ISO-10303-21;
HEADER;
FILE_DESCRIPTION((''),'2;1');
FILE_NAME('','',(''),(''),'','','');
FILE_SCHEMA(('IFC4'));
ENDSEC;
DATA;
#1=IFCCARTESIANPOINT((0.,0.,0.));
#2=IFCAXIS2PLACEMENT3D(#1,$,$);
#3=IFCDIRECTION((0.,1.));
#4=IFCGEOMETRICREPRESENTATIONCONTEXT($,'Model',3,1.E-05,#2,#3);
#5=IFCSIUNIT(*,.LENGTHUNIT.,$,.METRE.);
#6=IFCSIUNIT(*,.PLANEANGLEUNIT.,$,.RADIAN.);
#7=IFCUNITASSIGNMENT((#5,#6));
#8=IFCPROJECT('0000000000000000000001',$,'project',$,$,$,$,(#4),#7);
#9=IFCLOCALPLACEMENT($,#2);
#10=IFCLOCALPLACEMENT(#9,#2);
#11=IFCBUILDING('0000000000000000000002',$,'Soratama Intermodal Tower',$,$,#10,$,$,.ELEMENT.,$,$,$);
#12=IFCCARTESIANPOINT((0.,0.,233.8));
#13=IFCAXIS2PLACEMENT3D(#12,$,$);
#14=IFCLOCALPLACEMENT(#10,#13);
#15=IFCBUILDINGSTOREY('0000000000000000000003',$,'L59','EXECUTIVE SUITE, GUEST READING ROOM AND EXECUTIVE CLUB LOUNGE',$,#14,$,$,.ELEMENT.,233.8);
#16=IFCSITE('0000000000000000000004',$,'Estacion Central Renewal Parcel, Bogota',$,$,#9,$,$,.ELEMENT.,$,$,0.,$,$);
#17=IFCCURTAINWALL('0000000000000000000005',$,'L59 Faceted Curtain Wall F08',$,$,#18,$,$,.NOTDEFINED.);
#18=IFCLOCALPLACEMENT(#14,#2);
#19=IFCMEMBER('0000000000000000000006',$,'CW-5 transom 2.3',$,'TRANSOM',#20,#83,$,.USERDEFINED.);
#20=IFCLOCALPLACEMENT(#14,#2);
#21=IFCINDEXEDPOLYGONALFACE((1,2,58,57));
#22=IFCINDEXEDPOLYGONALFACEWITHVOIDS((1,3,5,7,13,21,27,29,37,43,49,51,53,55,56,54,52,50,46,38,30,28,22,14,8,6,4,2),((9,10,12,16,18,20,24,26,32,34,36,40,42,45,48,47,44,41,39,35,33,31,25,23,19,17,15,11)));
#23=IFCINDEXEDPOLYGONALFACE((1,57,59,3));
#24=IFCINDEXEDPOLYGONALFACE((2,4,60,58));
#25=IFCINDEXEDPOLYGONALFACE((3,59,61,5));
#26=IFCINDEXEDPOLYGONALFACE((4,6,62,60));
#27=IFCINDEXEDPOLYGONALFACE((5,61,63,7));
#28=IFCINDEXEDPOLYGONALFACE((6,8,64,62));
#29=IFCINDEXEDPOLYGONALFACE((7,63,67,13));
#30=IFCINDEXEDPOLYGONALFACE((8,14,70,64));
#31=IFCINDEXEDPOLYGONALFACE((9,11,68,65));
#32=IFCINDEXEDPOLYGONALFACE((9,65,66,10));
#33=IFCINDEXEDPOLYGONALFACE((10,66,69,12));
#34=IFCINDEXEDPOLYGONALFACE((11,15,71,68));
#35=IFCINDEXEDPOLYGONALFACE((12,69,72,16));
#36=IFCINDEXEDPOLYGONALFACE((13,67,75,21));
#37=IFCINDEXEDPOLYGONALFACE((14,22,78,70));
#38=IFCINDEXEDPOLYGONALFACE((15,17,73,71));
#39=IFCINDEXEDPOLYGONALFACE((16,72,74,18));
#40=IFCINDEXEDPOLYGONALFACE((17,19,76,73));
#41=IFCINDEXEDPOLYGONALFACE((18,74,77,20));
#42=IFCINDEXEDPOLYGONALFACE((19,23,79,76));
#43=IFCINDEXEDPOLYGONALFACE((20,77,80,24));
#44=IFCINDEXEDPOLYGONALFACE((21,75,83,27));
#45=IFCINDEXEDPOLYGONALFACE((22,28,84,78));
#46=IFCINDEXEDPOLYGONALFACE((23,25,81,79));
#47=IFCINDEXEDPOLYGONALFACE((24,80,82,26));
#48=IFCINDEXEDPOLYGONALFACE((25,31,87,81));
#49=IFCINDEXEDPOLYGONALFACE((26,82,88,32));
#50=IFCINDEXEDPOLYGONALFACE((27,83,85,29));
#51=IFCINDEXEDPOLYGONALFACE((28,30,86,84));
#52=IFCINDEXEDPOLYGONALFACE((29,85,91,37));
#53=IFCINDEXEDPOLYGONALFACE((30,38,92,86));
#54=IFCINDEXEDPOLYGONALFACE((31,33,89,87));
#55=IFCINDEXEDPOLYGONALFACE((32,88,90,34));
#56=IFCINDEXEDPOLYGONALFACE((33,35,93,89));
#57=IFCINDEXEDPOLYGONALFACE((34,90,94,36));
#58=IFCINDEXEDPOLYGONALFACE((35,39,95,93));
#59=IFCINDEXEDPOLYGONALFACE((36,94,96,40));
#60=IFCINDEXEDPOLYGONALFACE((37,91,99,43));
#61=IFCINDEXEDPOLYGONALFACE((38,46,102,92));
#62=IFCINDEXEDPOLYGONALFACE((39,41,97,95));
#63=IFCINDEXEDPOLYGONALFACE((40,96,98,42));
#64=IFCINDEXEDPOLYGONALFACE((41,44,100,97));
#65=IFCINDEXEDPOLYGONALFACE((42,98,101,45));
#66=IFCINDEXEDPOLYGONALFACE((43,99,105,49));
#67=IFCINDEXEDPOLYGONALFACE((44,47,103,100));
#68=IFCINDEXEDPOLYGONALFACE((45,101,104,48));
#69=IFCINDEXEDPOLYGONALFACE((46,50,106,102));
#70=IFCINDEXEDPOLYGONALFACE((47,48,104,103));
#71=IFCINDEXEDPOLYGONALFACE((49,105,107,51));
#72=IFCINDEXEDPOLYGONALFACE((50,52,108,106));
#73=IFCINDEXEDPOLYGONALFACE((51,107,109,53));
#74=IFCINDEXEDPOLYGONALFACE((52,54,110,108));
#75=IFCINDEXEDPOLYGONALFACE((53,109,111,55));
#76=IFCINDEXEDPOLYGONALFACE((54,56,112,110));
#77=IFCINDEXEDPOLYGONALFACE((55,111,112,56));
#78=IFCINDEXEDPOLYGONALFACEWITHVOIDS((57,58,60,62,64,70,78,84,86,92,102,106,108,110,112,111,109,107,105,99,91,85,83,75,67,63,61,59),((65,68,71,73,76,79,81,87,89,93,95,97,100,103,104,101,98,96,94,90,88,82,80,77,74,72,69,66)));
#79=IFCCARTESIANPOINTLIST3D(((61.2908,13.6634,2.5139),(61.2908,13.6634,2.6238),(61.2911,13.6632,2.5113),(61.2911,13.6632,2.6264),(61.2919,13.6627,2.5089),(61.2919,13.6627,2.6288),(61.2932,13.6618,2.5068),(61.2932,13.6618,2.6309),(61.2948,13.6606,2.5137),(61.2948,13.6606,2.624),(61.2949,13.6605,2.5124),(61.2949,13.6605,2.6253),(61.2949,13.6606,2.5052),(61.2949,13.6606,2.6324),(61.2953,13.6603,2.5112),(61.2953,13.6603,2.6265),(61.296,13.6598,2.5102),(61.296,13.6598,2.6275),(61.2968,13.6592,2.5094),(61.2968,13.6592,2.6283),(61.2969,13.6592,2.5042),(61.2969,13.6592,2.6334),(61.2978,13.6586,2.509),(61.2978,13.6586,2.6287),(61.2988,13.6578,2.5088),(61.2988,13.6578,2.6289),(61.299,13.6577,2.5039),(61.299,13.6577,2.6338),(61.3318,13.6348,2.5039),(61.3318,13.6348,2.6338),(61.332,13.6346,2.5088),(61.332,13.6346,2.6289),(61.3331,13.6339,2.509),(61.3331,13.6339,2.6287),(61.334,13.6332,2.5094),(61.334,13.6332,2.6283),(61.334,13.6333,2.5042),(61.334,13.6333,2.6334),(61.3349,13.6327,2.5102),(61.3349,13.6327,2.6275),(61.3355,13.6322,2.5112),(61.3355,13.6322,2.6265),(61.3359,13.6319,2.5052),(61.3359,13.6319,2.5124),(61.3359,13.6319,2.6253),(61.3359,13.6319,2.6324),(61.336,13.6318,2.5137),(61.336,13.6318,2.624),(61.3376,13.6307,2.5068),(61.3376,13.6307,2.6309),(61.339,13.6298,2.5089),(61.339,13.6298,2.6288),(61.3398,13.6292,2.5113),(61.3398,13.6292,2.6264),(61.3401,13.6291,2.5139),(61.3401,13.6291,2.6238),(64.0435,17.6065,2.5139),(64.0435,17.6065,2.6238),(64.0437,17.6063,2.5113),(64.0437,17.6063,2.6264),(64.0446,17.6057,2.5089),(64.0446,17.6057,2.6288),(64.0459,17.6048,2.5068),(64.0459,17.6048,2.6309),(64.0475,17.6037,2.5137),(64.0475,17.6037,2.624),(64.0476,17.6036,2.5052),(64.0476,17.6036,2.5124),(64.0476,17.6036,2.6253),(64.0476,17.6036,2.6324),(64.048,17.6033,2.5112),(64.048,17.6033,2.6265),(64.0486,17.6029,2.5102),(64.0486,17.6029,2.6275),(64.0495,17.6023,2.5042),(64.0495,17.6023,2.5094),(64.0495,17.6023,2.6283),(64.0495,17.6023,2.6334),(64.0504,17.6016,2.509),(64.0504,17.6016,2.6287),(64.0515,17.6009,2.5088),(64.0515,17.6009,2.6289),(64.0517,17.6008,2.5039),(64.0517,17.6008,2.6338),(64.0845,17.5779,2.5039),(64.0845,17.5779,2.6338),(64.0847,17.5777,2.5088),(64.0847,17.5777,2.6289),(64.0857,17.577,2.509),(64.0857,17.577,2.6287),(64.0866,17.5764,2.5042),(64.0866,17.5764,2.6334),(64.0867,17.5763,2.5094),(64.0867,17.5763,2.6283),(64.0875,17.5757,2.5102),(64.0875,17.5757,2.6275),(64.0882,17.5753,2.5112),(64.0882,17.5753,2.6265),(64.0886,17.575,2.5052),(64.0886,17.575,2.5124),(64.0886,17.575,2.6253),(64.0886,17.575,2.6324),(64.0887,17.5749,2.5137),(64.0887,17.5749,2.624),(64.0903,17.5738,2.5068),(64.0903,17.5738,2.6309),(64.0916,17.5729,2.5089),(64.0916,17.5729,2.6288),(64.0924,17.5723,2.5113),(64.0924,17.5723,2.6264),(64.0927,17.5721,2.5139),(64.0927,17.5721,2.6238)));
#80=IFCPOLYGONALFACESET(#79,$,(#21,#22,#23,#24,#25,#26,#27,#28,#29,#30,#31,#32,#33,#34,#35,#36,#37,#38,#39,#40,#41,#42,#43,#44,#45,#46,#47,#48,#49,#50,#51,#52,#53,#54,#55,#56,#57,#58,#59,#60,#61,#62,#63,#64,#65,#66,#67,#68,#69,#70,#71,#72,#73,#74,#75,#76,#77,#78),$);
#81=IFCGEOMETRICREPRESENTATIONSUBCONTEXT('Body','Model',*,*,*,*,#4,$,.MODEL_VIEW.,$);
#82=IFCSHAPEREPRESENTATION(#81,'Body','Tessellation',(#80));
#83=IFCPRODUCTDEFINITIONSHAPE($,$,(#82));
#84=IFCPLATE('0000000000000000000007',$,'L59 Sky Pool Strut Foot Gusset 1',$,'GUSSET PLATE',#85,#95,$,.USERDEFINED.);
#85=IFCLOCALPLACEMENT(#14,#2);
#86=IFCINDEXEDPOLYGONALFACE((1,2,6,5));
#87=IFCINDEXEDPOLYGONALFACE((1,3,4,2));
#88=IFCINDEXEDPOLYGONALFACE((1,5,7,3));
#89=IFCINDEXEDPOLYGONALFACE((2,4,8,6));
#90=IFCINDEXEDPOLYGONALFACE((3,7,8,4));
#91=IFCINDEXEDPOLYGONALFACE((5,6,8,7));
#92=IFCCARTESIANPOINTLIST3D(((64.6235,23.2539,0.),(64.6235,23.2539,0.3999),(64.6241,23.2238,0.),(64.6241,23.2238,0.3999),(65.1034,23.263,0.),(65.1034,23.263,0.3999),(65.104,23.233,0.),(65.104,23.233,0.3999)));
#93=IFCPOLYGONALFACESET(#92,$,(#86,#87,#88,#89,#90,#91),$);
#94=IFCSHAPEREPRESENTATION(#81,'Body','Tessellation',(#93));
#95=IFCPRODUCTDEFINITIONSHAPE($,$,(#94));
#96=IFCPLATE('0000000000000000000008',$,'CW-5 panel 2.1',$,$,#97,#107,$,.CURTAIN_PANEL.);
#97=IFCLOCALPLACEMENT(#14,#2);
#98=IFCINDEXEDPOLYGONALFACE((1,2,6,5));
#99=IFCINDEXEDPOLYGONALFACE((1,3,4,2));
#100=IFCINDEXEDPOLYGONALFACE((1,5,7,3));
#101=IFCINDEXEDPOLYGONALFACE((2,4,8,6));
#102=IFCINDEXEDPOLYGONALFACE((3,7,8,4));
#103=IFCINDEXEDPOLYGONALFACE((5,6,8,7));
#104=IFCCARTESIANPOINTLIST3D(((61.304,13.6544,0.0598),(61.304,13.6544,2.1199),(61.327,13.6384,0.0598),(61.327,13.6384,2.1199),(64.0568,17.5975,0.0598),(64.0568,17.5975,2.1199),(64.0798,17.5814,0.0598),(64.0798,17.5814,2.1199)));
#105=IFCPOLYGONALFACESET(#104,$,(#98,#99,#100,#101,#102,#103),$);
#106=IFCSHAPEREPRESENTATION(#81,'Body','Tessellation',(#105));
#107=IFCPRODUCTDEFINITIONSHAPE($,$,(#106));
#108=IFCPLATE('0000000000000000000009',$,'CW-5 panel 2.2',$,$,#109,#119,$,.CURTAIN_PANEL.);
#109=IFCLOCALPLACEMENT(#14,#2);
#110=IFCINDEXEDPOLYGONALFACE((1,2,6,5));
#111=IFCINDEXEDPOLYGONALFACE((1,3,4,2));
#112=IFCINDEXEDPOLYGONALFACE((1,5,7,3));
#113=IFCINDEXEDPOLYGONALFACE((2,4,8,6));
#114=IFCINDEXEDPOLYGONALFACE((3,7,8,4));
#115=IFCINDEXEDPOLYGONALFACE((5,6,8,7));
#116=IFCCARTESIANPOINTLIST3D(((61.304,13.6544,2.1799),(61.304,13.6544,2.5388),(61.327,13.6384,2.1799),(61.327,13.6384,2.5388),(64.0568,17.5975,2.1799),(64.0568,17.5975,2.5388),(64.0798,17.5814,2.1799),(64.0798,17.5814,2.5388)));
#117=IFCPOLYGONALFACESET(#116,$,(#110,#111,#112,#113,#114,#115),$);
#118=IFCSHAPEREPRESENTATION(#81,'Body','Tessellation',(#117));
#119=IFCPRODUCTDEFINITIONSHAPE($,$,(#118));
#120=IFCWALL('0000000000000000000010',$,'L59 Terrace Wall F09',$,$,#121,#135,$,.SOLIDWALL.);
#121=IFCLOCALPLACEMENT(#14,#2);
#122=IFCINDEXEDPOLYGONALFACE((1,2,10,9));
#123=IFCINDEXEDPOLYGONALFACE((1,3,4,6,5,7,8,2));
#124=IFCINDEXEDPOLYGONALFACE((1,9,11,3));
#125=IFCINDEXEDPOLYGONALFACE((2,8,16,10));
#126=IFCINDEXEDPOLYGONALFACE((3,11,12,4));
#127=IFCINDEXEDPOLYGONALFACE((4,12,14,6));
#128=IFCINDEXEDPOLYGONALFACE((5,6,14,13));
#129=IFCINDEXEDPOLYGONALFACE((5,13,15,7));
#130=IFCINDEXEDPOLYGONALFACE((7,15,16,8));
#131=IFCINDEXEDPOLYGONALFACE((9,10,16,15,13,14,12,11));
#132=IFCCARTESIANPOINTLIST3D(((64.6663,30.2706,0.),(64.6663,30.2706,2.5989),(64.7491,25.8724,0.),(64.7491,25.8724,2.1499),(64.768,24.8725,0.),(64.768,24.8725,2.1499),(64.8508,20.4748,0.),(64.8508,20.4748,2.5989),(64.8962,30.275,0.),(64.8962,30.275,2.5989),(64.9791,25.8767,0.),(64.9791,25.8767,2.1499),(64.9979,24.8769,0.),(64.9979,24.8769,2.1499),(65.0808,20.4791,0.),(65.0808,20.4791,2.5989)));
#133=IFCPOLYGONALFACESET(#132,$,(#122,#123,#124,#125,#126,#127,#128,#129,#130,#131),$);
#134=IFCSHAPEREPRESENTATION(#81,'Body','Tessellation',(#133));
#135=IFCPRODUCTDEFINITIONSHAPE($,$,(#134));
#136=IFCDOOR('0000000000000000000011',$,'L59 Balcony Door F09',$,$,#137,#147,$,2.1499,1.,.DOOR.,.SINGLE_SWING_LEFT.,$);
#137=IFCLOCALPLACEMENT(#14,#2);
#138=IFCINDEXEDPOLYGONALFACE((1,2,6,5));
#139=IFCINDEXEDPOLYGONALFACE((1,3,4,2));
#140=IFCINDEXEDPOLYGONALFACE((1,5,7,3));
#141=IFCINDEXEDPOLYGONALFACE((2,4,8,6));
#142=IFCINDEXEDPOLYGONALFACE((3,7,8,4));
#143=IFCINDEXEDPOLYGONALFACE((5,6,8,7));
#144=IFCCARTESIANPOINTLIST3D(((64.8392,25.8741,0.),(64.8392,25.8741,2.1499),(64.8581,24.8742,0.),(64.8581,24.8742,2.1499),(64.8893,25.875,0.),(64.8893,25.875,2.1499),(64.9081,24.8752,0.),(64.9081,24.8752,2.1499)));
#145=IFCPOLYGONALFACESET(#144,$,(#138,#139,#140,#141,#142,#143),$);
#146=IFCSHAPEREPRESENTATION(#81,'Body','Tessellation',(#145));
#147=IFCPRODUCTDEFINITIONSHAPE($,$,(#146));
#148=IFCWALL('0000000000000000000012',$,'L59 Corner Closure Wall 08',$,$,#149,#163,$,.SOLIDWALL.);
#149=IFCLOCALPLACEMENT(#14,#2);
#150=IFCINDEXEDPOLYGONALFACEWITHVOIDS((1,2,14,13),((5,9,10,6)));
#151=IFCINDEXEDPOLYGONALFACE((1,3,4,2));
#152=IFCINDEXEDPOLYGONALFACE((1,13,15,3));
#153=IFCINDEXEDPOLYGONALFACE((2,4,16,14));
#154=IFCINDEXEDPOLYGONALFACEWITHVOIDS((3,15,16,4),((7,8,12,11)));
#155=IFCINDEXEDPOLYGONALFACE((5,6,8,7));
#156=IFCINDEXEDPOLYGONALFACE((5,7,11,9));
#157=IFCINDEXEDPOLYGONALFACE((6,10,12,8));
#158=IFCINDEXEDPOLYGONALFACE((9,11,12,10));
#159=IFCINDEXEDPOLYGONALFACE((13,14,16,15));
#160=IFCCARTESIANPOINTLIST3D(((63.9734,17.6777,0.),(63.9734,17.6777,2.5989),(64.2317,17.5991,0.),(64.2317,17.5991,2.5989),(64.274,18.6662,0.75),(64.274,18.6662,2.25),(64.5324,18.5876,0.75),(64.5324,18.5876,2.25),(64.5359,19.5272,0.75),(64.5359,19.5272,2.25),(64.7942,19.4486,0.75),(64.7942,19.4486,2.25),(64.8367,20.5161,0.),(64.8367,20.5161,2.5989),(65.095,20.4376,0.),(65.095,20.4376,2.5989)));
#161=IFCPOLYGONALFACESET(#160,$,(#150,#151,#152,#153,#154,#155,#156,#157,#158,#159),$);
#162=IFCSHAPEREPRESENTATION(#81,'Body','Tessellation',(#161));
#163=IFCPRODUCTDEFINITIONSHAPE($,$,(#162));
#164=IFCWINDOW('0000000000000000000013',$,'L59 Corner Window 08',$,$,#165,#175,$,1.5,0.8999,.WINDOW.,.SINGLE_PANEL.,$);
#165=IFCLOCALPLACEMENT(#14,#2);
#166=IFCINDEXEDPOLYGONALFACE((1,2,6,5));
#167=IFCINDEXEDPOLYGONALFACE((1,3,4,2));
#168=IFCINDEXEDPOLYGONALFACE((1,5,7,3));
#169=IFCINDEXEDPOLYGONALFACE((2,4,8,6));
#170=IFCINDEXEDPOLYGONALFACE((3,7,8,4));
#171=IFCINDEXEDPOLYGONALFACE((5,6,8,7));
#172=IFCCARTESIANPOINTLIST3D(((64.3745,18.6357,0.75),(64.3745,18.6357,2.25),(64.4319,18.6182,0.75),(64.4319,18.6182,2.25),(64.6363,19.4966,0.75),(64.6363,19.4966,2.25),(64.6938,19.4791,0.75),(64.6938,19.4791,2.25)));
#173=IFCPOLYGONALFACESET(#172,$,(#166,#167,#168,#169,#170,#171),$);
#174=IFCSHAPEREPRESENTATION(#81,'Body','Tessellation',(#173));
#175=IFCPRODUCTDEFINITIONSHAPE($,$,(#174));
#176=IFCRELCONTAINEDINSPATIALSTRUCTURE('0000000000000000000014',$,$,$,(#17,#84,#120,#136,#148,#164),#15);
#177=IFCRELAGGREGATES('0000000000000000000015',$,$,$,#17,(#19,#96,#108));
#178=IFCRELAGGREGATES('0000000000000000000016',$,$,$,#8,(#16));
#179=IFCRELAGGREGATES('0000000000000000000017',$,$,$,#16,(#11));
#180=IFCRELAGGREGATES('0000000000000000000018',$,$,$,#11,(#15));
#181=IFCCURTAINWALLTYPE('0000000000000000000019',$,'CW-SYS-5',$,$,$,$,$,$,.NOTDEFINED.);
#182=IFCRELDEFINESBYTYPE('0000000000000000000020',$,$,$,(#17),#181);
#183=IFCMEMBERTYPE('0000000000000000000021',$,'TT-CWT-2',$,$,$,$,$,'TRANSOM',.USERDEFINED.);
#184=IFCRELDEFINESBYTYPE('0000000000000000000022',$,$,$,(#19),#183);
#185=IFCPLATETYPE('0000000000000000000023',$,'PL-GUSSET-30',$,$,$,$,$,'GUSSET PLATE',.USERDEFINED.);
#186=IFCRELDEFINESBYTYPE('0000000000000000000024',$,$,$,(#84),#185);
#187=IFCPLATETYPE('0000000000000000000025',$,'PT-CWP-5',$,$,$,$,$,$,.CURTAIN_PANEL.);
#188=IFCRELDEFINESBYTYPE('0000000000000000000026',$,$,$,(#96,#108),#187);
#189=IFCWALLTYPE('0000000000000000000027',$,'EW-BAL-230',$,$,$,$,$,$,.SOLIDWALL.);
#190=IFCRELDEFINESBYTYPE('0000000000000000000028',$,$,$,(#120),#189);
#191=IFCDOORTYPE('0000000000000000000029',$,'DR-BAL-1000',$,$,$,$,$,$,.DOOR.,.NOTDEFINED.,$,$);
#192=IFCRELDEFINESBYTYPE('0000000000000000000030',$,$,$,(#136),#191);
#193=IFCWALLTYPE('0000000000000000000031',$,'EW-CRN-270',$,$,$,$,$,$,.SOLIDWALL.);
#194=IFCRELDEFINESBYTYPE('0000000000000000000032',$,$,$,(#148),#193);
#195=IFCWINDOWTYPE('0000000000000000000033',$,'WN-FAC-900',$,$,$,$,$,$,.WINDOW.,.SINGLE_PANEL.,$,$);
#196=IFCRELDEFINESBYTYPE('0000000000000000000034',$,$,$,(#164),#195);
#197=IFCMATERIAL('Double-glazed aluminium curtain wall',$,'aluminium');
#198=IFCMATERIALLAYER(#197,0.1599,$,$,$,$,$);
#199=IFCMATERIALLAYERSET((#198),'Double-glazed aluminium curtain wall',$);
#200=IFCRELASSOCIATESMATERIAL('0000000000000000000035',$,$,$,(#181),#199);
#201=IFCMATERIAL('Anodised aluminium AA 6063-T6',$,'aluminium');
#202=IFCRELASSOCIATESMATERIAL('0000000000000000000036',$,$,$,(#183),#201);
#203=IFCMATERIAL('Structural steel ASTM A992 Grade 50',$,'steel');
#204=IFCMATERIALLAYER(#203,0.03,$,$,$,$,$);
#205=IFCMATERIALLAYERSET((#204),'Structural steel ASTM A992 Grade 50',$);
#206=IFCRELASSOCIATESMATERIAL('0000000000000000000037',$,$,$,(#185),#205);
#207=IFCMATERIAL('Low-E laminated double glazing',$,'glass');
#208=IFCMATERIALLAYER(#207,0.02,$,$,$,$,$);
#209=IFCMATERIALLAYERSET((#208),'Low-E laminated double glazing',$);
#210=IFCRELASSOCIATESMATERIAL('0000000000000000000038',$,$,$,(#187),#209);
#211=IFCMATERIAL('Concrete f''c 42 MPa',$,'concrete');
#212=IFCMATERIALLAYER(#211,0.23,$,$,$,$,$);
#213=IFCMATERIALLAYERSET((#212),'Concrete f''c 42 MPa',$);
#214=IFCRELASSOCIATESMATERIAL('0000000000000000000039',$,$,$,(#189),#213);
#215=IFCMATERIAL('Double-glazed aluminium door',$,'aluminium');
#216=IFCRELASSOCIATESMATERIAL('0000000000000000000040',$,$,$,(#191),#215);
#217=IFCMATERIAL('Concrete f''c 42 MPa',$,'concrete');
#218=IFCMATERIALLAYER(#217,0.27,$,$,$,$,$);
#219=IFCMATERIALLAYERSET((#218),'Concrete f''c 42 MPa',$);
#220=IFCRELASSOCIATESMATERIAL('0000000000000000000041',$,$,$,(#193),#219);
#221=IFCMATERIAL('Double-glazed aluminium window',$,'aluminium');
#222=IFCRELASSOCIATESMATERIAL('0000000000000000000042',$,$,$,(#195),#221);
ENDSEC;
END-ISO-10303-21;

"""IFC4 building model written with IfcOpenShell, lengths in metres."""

from ifc_helpers import new_model, si_unit, direction, frame, frame_2d, origin, origin_2d, place, context, subcontext, project, spatial, rectangle, hollow_rectangle, extrude, material, layer, layer_set, material_profile, profile_set, type_object, element, fill, aggregate, save


model = new_model("IFC4")

# Units and contexts
model_context = context("Model", 3, precision=1e-05, world=origin(), true_north=direction((0.0, 1.0)))
body_context = subcontext(model_context, "Body", "Model", "MODEL_VIEW")
ifc_project = project(units=[si_unit("LENGTHUNIT", "METRE"), si_unit("PLANEANGLEUNIT", "RADIAN")], contexts=[model_context])

# Site, building, storey
site_placement = place(None, origin())
site = spatial("IfcSite", under=ifc_project, at=site_placement, Name="Estacion Central Renewal Parcel, Bogota", CompositionType="ELEMENT", RefElevation=0.0)
building_placement = place(site_placement, origin())
building = spatial("IfcBuilding", under=site, at=building_placement, Name="Soratama Intermodal Tower", CompositionType="ELEMENT")
storey_placement = place(building_placement, frame((0.0, 0.0, 233.8)))
storey = spatial("IfcBuildingStorey", under=building, at=storey_placement, Name="L59", Description="EXECUTIVE SUITE, GUEST READING ROOM AND EXECUTIVE CLUB LOUNGE", CompositionType="ELEMENT", Elevation=233.8)

# Curtain wall, member
ifc_material_1 = material(Name="Double-glazed aluminium curtain wall", Category="aluminium")
ifc_layer_1 = layer(ifc_material_1, 0.1599)
ifc_layer_set_1 = layer_set([ifc_layer_1], Name="Double-glazed aluminium curtain wall")
curtain_wall_type = type_object("IfcCurtainWallType", Name="CW-SYS-5", PredefinedType="NOTDEFINED", material=ifc_layer_set_1)
curtain_wall_placement = place(storey_placement, origin())
curtain_wall = element("IfcCurtainWall", 1, at=curtain_wall_placement, inside=storey, type_object=curtain_wall_type, Name="L59 Faceted Curtain Wall F08", PredefinedType="NOTDEFINED")
ifc_material_2 = material(Name="Anodised aluminium AA 6063-T6", Category="aluminium")
ifc_material_profile_1 = material_profile(ifc_material_2, hollow_rectangle(XDim=0.0601, YDim=0.1299, WallThickness=0.0049, InnerFilletRadius=0.0049, OuterFilletRadius=0.01, at=origin_2d()), Name="CWT130X60X5")
ifc_profile_set_1 = profile_set([ifc_material_profile_1], Name="Anodised aluminium AA 6063-T6")
member_type_1 = type_object("IfcMemberType", Name="TT-CWT-2", ElementType="TRANSOM", PredefinedType="USERDEFINED", material=ifc_profile_set_1)
member_1_placement = place(storey_placement, frame((61.3154, 13.6462, 2.5688), z_axis=(0.572416, 0.819963, 0.0), x_axis=(-0.819963, 0.572416, 0.0)))
member_1 = element("IfcMember", 2, at=member_1_placement, type_object=member_type_1, Name="CW-5 transom 2.3", ObjectType="TRANSOM", PredefinedType="USERDEFINED", context=body_context, shape_type="SweptSolid", body=[
    extrude(hollow_rectangle(XDim=0.0601, YDim=0.1299, WallThickness=0.0049, InnerFilletRadius=0.0049, OuterFilletRadius=0.01, at=origin_2d()), origin(), (0.0, 0.0, 1.0), 4.8088),
])

# Plates
ifc_material_3 = material(Name="Structural steel ASTM A992 Grade 50", Category="steel")
ifc_layer_2 = layer(ifc_material_3, 0.03)
ifc_layer_set_2 = layer_set([ifc_layer_2], Name="Structural steel ASTM A992 Grade 50")
plate_type_1 = type_object("IfcPlateType", Name="PL-GUSSET-30", ElementType="GUSSET PLATE", PredefinedType="USERDEFINED", material=ifc_layer_set_2)
plate_1_placement = place(storey_placement, frame((64.8638, 23.2434, 0.0), z_axis=(0.0, 0.0, 1.0), x_axis=(0.999819, 0.019023, 0.0)))
element("IfcPlate", 3, at=plate_1_placement, inside=storey, type_object=plate_type_1, Name="L59 Sky Pool Strut Foot Gusset 1", ObjectType="GUSSET PLATE", PredefinedType="USERDEFINED", context=body_context, shape_type="SweptSolid", body=[
    extrude(rectangle(XDim=0.48, YDim=0.03, at=origin_2d()), origin(), (0.0, 0.0, 1.0), 0.3999),
])
ifc_material_4 = material(Name="Low-E laminated double glazing", Category="glass")
ifc_layer_3 = layer(ifc_material_4, 0.02)
ifc_layer_set_3 = layer_set([ifc_layer_3], Name="Low-E laminated double glazing")
plate_type_2 = type_object("IfcPlateType", Name="PT-CWP-5", PredefinedType="CURTAIN_PANEL", material=ifc_layer_set_3)
plate_2_placement = place(storey_placement, frame((62.6919, 15.6179, 0.0598), z_axis=(0.0, 0.0, 1.0), x_axis=(0.572433, 0.819951, 0.0)))
plate_2 = element("IfcPlate", 4, at=plate_2_placement, type_object=plate_type_2, Name="CW-5 panel 2.1", PredefinedType="CURTAIN_PANEL", context=body_context, shape_type="SweptSolid", body=[
    extrude(rectangle(XDim=4.8088, YDim=0.0281, at=origin_2d()), origin(), (0.0, 0.0, 1.0), 2.0601),
])
plate_3_placement = place(storey_placement, frame((62.6919, 15.6179, 2.1799), z_axis=(0.0, 0.0, 1.0), x_axis=(0.572433, 0.819951, 0.0)))
plate_3 = element("IfcPlate", 5, at=plate_3_placement, type_object=plate_type_2, Name="CW-5 panel 2.2", PredefinedType="CURTAIN_PANEL", context=body_context, shape_type="SweptSolid", body=[
    extrude(rectangle(XDim=4.8088, YDim=0.0281, at=origin_2d()), origin(), (0.0, 0.0, 1.0), 0.3589),
])
aggregate(curtain_wall, [member_1, plate_2, plate_3])

# Wall, opening, door
ifc_material_5 = material(Name="Concrete f'c 42 MPa", Category="concrete")
ifc_layer_4 = layer(ifc_material_5, 0.23)
ifc_layer_set_4 = layer_set([ifc_layer_4], Name="Concrete f'c 42 MPa")
wall_type_1 = type_object("IfcWallType", Name="EW-BAL-230", PredefinedType="SOLIDWALL", material=ifc_layer_set_4)
wall_1_placement = place(storey_placement, frame((64.9658, 20.4768, 0.0), z_axis=(0.0, 0.0, 1.0), x_axis=(-0.018838, 0.999823, 0.0)))
wall_1 = element("IfcWall", 6, at=wall_1_placement, inside=storey, type_object=wall_type_1, Name="L59 Terrace Wall F09", PredefinedType="SOLIDWALL", context=body_context, shape_type="SweptSolid", body=[
    extrude(rectangle(XDim=9.7976, YDim=0.23, at=frame_2d((4.8989, 0.0))), origin(), (0.0, 0.0, 1.0), 2.5989),
])
opening_1_placement = place(wall_1_placement, frame((4.3987, 0.0, 0.0)))
opening_1 = element("IfcOpeningElement", 7, at=opening_1_placement, cuts=wall_1, PredefinedType="OPENING", context=body_context, shape_type="SweptSolid", body=[
    extrude(rectangle(XDim=1.0, YDim=2.1499, at=frame_2d((0.5, 1.075))), frame((0.0, 0.125, 0.0), z_axis=(0.0, -1.0, 0.0), x_axis=(1.0, 0.0, 0.0)), (0.0, 0.0, 1.0), 0.25),
])
ifc_material_6 = material(Name="Double-glazed aluminium door", Category="aluminium")
door_type_1 = type_object("IfcDoorType", Name="DR-BAL-1000", OperationType="NOTDEFINED", PredefinedType="DOOR", material=ifc_material_6)
door_1_placement = place(opening_1_placement, origin())
door_1 = element("IfcDoor", 8, at=door_1_placement, inside=storey, type_object=door_type_1, Name="L59 Balcony Door F09", OperationType="SINGLE_SWING_LEFT", OverallHeight=2.1499, OverallWidth=1.0, PredefinedType="DOOR", context=body_context, shape_type="SweptSolid", body=[
    extrude(rectangle(XDim=1.0, YDim=2.1499, at=frame_2d((0.5, 1.075))), frame((0.0, 0.0249, 0.0), z_axis=(0.0, -1.0, 0.0), x_axis=(1.0, 0.0, 0.0)), (0.0, 0.0, 1.0), 0.05),
])
fill(opening_1, door_1)

# Wall, opening, window
ifc_material_7 = material(Name="Concrete f'c 42 MPa", Category="concrete")
ifc_layer_5 = layer(ifc_material_7, 0.27)
ifc_layer_set_5 = layer_set([ifc_layer_5], Name="Concrete f'c 42 MPa")
wall_type_2 = type_object("IfcWallType", Name="EW-CRN-270", PredefinedType="SOLIDWALL", material=ifc_layer_set_5)
wall_2_placement = place(storey_placement, frame((64.1025, 17.6384, 0.0), z_axis=(0.0, 0.0, 1.0), x_axis=(0.290985, 0.956728, 0.0)))
wall_2 = element("IfcWall", 9, at=wall_2_placement, inside=storey, type_object=wall_type_2, Name="L59 Corner Closure Wall 08", PredefinedType="SOLIDWALL", context=body_context, shape_type="SweptSolid", body=[
    extrude(rectangle(XDim=2.9668, YDim=0.27, at=frame_2d((1.4834, 0.0))), origin(), (0.0, 0.0, 1.0), 2.5989),
])
opening_2_placement = place(wall_2_placement, frame((1.0332, 0.0, 0.75)))
opening_2 = element("IfcOpeningElement", 10, at=opening_2_placement, cuts=wall_2, PredefinedType="OPENING", context=body_context, shape_type="SweptSolid", body=[
    extrude(rectangle(XDim=0.8999, YDim=1.5, at=frame_2d((0.45, 0.75))), frame((0.0, 0.145, 0.0), z_axis=(0.0, -1.0, 0.0), x_axis=(1.0, 0.0, 0.0)), (0.0, 0.0, 1.0), 0.29),
])
ifc_material_8 = material(Name="Double-glazed aluminium window", Category="aluminium")
window_type = type_object("IfcWindowType", Name="WN-FAC-900", PartitioningType="SINGLE_PANEL", PredefinedType="WINDOW", material=ifc_material_8)
window_placement = place(opening_2_placement, origin())
window = element("IfcWindow", 11, at=window_placement, inside=storey, type_object=window_type, Name="L59 Corner Window 08", OverallHeight=1.5, OverallWidth=0.8999, PartitioningType="SINGLE_PANEL", PredefinedType="WINDOW", context=body_context, shape_type="SweptSolid", body=[
    extrude(rectangle(XDim=0.8999, YDim=1.5, at=frame_2d((0.45, 0.75))), frame((0.0, 0.03, 0.0), z_axis=(0.0, -1.0, 0.0), x_axis=(1.0, 0.0, 0.0)), (0.0, 0.0, 1.0), 0.0601),
])
fill(opening_2, window)

save(model, "model.ifc")
